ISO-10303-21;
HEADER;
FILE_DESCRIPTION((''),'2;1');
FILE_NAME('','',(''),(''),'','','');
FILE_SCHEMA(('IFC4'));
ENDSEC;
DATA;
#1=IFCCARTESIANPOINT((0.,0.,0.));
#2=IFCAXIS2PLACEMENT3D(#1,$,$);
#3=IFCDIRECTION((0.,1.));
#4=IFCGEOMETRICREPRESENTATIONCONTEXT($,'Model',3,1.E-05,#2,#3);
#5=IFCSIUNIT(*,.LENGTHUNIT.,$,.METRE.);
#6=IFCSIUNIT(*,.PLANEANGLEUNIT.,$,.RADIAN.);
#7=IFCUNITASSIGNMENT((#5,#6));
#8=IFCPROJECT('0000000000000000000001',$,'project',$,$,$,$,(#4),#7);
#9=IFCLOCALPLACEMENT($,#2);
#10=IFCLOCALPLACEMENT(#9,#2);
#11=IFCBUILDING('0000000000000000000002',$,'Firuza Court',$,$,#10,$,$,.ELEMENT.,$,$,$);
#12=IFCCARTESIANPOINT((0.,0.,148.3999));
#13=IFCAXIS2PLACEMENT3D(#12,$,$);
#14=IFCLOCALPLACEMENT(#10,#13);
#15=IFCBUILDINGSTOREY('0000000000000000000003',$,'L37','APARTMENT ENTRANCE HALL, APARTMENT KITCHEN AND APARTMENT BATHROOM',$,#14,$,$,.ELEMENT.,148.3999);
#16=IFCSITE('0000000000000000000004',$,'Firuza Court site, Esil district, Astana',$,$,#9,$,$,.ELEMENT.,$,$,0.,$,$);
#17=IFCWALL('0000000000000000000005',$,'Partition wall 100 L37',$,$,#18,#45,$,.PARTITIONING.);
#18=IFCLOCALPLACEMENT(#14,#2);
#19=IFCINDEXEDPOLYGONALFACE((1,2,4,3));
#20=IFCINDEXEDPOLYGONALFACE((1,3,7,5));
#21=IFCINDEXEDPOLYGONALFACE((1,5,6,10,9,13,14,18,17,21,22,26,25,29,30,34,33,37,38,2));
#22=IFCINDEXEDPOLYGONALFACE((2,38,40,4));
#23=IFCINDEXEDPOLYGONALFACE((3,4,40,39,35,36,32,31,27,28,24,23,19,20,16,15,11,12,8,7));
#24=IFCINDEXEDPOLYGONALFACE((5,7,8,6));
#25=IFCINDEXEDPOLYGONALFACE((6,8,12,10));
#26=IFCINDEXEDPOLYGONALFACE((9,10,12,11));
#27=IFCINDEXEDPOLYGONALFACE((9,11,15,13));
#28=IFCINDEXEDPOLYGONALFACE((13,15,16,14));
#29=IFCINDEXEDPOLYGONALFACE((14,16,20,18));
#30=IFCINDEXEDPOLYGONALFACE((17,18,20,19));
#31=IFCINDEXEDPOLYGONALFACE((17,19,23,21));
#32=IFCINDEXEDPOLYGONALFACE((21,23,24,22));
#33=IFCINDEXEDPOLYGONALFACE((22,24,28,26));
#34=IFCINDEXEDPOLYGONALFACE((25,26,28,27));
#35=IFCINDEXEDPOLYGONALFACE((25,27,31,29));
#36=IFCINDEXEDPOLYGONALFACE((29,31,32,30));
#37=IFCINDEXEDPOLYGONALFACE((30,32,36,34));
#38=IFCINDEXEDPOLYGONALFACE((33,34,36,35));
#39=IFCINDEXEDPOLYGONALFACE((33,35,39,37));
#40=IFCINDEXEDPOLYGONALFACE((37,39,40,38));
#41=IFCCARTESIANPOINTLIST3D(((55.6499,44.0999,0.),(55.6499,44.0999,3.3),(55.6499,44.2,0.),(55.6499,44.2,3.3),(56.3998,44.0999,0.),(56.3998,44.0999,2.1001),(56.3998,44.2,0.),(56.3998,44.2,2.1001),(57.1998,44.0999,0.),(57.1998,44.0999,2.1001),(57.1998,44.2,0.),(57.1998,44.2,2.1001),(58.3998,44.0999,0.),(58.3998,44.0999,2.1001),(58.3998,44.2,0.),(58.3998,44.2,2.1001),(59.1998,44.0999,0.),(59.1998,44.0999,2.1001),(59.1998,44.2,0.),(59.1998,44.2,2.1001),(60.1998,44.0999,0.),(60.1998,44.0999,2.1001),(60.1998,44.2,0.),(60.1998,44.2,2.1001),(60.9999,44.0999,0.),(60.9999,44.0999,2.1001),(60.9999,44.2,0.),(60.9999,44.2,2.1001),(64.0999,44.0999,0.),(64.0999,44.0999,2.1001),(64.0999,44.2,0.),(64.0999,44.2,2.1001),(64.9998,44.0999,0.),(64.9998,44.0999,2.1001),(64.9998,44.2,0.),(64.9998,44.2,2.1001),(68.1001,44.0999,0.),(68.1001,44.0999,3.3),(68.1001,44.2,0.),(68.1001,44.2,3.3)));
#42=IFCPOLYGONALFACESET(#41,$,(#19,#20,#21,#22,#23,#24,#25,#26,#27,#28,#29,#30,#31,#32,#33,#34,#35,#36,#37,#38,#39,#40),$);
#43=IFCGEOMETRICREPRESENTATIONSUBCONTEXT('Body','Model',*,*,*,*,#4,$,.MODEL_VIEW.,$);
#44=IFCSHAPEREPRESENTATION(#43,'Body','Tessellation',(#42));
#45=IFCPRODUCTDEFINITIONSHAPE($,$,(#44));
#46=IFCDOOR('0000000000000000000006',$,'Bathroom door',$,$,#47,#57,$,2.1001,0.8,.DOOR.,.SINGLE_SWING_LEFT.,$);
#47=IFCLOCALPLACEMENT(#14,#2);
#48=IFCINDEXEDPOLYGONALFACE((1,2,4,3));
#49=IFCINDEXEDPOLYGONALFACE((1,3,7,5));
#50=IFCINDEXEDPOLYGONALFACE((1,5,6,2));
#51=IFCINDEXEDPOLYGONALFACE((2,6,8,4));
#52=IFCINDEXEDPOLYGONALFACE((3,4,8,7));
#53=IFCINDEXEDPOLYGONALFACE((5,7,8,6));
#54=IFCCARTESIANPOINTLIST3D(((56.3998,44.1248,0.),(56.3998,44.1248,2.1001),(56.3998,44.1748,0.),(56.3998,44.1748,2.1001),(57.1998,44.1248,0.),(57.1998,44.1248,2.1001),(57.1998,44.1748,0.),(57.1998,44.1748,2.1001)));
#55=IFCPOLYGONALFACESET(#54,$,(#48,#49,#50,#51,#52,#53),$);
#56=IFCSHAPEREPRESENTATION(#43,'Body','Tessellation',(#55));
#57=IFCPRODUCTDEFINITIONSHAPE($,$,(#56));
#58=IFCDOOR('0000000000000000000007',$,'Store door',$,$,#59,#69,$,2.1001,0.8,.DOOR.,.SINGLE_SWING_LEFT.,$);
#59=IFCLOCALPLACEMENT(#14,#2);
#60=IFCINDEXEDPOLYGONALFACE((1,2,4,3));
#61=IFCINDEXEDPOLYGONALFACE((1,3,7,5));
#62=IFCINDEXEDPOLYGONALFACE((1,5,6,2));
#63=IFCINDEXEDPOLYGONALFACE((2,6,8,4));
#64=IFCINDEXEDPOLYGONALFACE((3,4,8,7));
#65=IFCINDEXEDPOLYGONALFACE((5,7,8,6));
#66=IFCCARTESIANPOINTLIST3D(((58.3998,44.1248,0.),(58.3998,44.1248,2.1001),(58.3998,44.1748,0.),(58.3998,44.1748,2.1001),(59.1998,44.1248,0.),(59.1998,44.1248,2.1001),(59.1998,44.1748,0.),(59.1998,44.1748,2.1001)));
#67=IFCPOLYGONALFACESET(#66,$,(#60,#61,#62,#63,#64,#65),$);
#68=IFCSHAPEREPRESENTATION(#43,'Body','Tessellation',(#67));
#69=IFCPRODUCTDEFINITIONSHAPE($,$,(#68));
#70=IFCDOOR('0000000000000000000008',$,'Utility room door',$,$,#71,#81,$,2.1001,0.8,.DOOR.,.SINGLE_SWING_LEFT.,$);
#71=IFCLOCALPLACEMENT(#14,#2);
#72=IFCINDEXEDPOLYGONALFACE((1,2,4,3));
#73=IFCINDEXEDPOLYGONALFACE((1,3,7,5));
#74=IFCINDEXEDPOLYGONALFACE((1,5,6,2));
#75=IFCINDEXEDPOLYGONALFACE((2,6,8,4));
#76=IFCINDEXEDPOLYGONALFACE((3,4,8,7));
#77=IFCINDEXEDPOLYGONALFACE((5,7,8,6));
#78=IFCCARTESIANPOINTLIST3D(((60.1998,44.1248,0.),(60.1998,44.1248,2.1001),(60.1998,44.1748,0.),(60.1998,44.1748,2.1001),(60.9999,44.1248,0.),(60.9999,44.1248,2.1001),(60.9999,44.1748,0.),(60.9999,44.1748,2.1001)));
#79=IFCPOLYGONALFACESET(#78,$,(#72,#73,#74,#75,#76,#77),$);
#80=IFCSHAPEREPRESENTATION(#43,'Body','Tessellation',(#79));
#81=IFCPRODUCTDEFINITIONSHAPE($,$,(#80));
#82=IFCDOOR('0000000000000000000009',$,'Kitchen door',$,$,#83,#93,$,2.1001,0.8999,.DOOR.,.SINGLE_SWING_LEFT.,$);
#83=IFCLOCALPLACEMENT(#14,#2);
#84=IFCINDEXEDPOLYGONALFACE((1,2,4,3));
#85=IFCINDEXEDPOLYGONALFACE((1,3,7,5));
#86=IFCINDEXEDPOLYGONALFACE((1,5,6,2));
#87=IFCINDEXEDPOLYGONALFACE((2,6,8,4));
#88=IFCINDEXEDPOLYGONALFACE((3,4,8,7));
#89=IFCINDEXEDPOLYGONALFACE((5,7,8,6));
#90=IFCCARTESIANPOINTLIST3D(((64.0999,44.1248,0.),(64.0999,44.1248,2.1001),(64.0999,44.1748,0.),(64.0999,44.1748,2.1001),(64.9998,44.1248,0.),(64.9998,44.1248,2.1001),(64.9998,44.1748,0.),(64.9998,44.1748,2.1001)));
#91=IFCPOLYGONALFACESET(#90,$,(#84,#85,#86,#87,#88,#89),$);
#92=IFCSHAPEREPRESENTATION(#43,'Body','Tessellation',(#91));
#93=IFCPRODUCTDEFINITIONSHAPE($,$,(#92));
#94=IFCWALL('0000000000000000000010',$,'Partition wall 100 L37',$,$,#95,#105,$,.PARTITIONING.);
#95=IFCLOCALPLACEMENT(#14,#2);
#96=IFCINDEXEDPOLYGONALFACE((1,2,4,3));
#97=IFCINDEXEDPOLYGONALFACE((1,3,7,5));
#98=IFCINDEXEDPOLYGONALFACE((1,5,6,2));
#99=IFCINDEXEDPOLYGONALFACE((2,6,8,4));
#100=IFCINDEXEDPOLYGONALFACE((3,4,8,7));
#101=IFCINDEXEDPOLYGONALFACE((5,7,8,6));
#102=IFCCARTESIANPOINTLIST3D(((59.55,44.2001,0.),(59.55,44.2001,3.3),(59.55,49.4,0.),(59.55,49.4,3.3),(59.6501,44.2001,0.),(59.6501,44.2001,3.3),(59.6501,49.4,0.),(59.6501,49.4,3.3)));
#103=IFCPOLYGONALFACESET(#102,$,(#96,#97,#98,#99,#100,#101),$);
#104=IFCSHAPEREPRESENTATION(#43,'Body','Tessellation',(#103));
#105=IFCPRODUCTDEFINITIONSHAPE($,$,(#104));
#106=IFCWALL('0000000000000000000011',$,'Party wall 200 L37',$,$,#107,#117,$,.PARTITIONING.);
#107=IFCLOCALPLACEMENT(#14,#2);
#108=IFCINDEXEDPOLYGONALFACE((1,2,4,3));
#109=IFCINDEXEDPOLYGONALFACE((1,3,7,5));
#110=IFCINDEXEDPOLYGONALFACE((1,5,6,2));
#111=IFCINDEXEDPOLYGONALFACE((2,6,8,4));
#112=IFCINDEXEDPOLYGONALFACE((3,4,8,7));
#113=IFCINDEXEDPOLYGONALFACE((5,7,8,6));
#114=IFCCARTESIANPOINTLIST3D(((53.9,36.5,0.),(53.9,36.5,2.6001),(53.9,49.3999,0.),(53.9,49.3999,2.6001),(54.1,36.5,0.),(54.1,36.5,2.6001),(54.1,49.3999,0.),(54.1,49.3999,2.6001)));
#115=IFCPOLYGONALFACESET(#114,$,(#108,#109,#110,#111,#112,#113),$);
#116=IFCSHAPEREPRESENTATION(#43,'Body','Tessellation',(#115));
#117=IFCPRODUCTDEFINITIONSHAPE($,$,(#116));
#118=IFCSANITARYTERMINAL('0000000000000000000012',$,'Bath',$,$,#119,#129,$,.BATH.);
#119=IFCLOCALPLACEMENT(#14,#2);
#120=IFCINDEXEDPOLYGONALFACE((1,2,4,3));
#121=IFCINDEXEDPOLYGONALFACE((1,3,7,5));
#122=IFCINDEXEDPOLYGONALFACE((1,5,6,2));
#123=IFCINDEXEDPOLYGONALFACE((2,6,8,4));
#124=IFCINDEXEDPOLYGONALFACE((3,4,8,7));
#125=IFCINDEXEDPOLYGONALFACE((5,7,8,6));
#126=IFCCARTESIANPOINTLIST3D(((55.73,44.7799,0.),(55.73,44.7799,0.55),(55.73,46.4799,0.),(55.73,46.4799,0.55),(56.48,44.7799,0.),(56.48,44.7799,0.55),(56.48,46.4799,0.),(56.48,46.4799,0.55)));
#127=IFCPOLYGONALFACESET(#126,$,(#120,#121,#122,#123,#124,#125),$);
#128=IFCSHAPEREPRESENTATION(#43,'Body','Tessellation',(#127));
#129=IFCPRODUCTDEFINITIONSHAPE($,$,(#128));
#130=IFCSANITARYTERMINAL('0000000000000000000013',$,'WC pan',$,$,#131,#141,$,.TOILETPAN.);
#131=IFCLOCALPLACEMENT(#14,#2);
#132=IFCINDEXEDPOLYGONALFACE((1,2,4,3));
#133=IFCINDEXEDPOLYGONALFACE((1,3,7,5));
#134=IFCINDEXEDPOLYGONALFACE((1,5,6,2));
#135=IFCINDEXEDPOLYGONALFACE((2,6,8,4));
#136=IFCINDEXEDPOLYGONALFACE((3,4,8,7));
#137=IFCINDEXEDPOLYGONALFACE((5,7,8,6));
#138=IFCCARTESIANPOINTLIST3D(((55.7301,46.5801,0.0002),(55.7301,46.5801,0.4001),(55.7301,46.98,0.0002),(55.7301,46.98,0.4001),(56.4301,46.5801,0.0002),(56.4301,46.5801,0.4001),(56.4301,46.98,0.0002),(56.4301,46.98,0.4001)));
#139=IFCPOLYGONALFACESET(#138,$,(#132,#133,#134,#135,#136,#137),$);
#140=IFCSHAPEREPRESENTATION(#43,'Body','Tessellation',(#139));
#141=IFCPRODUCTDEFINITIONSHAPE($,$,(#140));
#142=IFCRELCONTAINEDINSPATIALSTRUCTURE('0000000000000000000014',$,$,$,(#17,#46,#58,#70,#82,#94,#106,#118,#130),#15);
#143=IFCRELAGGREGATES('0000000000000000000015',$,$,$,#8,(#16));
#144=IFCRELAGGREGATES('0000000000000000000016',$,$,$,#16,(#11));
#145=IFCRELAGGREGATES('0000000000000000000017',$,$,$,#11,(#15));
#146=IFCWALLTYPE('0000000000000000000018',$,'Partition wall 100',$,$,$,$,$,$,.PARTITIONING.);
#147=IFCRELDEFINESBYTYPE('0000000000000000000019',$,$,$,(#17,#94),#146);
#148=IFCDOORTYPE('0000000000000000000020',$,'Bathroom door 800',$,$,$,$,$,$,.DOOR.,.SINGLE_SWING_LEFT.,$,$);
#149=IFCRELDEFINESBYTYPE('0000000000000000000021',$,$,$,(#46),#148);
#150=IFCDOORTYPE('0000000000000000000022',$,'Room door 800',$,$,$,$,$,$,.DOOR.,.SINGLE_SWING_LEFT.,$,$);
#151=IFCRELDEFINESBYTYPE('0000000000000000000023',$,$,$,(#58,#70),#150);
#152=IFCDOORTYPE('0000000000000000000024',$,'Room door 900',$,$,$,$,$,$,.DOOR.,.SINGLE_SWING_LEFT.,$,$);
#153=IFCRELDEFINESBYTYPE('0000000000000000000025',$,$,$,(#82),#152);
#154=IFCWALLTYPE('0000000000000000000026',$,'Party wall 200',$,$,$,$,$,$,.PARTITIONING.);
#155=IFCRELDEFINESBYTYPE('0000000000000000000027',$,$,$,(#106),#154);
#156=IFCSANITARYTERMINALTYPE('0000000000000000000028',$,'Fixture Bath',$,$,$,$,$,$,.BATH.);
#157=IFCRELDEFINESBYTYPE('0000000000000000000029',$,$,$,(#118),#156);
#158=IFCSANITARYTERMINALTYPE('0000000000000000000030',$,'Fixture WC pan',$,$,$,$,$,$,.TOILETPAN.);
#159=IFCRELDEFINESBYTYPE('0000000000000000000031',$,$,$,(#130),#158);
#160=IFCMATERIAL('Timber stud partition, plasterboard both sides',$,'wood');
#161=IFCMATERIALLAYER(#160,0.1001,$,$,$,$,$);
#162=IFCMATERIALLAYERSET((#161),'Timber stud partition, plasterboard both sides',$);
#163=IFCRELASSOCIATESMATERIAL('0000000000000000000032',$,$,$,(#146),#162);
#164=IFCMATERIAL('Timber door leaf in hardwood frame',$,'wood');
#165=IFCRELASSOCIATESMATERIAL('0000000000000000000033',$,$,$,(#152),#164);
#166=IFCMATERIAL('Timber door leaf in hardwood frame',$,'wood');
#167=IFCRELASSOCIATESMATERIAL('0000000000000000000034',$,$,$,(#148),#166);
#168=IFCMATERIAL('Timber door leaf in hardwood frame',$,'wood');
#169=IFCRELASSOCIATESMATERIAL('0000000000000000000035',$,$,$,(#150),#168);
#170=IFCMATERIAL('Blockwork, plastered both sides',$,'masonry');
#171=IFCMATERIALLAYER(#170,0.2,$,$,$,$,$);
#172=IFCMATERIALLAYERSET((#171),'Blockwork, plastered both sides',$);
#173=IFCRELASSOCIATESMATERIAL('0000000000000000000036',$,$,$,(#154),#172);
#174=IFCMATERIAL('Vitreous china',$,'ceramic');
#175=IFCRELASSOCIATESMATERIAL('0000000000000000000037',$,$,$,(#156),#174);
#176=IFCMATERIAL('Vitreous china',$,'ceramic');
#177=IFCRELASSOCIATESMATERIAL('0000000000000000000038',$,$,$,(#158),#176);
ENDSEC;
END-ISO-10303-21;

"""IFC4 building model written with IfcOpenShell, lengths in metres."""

from ifc_helpers import new_model, si_unit, direction, frame, frame_2d, origin, origin_2d, place, context, subcontext, project, spatial, rectangle, extrude, material, layer, layer_set, type_object, element, fill, save


model = new_model("IFC4")

# Units and contexts
model_context = context("Model", 3, precision=1e-05, world=origin(), true_north=direction((0.0, 1.0)))
body_context = subcontext(model_context, "Body", "Model", "MODEL_VIEW")
ifc_project = project(units=[si_unit("LENGTHUNIT", "METRE"), si_unit("PLANEANGLEUNIT", "RADIAN")], contexts=[model_context])

# Site, building, storey
site_placement = place(None, origin())
site = spatial("IfcSite", under=ifc_project, at=site_placement, Name="Firuza Court site, Esil district, Astana", CompositionType="ELEMENT", RefElevation=0.0)
building_placement = place(site_placement, origin())
building = spatial("IfcBuilding", under=site, at=building_placement, Name="Firuza Court", CompositionType="ELEMENT")
storey_placement = place(building_placement, frame((0.0, 0.0, 148.3999)))
storey = spatial("IfcBuildingStorey", under=building, at=storey_placement, Name="L37", Description="APARTMENT ENTRANCE HALL, APARTMENT KITCHEN AND APARTMENT BATHROOM", CompositionType="ELEMENT", Elevation=148.3999)

# Shared definitions
ifc_material_1 = material(Name="Timber stud partition, plasterboard both sides", Category="wood")
ifc_layer_1 = layer(ifc_material_1, 0.1001)
ifc_layer_set_1 = layer_set([ifc_layer_1], Name="Timber stud partition, plasterboard both sides")
wall_type_1 = type_object("IfcWallType", Name="Partition wall 100", PredefinedType="PARTITIONING", material=ifc_layer_set_1)

# Wall, openings, doors
ifc_material_2 = material(Name="Timber door leaf in hardwood frame", Category="wood")
door_type_1 = type_object("IfcDoorType", Name="Room door 900", OperationType="SINGLE_SWING_LEFT", PredefinedType="DOOR", material=ifc_material_2)
wall_1_placement = place(storey_placement, frame((55.6499, 44.1499, 0.0), z_axis=(0.0, 0.0, 1.0), x_axis=(1.0, 0.0, 0.0)))
wall_1 = element("IfcWall", 1, at=wall_1_placement, inside=storey, type_object=wall_type_1, Name="Partition wall 100 L37", PredefinedType="PARTITIONING", context=body_context, shape_type="SweptSolid", body=[
    extrude(rectangle(XDim=12.4502, YDim=0.1001, at=frame_2d((6.2251, 0.0))), origin(), (0.0, 0.0, 1.0), 3.3),
])
opening_1_placement = place(wall_1_placement, frame((0.75, 0.0, 0.0)))
opening_1 = element("IfcOpeningElement", 2, at=opening_1_placement, cuts=wall_1, PredefinedType="OPENING", context=body_context, shape_type="SweptSolid", body=[
    extrude(rectangle(XDim=0.8, YDim=2.1001, at=frame_2d((0.3999, 1.05))), frame((0.0, 0.062, 0.0), z_axis=(0.0, -1.0, 0.0), x_axis=(1.0, 0.0, 0.0)), (0.0, 0.0, 1.0), 0.124),
])
opening_2_placement = place(wall_1_placement, frame((8.45, 0.0, 0.0)))
opening_2 = element("IfcOpeningElement", 3, at=opening_2_placement, cuts=wall_1, PredefinedType="OPENING", context=body_context, shape_type="SweptSolid", body=[
    extrude(rectangle(XDim=0.8999, YDim=2.1001, at=frame_2d((0.45, 1.05))), frame((0.0, 0.062, 0.0), z_axis=(0.0, -1.0, 0.0), x_axis=(1.0, 0.0, 0.0)), (0.0, 0.0, 1.0), 0.124),
])
opening_3_placement = place(wall_1_placement, frame((2.75, 0.0, 0.0)))
opening_3 = element("IfcOpeningElement", 4, at=opening_3_placement, cuts=wall_1, PredefinedType="OPENING", context=body_context, shape_type="SweptSolid", body=[
    extrude(rectangle(XDim=0.8, YDim=2.1001, at=frame_2d((0.3999, 1.05))), frame((0.0, 0.062, 0.0), z_axis=(0.0, -1.0, 0.0), x_axis=(1.0, 0.0, 0.0)), (0.0, 0.0, 1.0), 0.124),
])
opening_4_placement = place(wall_1_placement, frame((4.55, 0.0, 0.0)))
opening_4 = element("IfcOpeningElement", 5, at=opening_4_placement, cuts=wall_1, PredefinedType="OPENING", context=body_context, shape_type="SweptSolid", body=[
    extrude(rectangle(XDim=0.8, YDim=2.1001, at=frame_2d((0.3999, 1.05))), frame((0.0, 0.062, 0.0), z_axis=(0.0, -1.0, 0.0), x_axis=(1.0, 0.0, 0.0)), (0.0, 0.0, 1.0), 0.124),
])
ifc_material_3 = material(Name="Timber door leaf in hardwood frame", Category="wood")
door_type_2 = type_object("IfcDoorType", Name="Bathroom door 800", OperationType="SINGLE_SWING_LEFT", PredefinedType="DOOR", material=ifc_material_3)
door_1_placement = place(opening_1_placement, origin())
door_1 = element("IfcDoor", 6, at=door_1_placement, inside=storey, type_object=door_type_2, Name="Bathroom door", OperationType="SINGLE_SWING_LEFT", OverallHeight=2.1001, OverallWidth=0.8, PredefinedType="DOOR", context=body_context, shape_type="SweptSolid", body=[
    extrude(rectangle(XDim=0.8, YDim=2.1001, at=frame_2d((0.3999, 1.05))), frame((0.0, 0.0249, 0.0), z_axis=(0.0, -1.0, 0.0), x_axis=(1.0, 0.0, 0.0)), (0.0, 0.0, 1.0), 0.05),
])
fill(opening_1, door_1)
ifc_material_4 = material(Name="Timber door leaf in hardwood frame", Category="wood")
door_type_3 = type_object("IfcDoorType", Name="Room door 800", OperationType="SINGLE_SWING_LEFT", PredefinedType="DOOR", material=ifc_material_4)
door_2_placement = place(opening_3_placement, origin())
door_2 = element("IfcDoor", 7, at=door_2_placement, inside=storey, type_object=door_type_3, Name="Store door", OperationType="SINGLE_SWING_LEFT", OverallHeight=2.1001, OverallWidth=0.8, PredefinedType="DOOR", context=body_context, shape_type="SweptSolid", body=[
    extrude(rectangle(XDim=0.8, YDim=2.1001, at=frame_2d((0.3999, 1.05))), frame((0.0, 0.0249, 0.0), z_axis=(0.0, -1.0, 0.0), x_axis=(1.0, 0.0, 0.0)), (0.0, 0.0, 1.0), 0.05),
])
fill(opening_3, door_2)
door_3_placement = place(opening_4_placement, origin())
door_3 = element("IfcDoor", 8, at=door_3_placement, inside=storey, type_object=door_type_3, Name="Utility room door", OperationType="SINGLE_SWING_LEFT", OverallHeight=2.1001, OverallWidth=0.8, PredefinedType="DOOR", context=body_context, shape_type="SweptSolid", body=[
    extrude(rectangle(XDim=0.8, YDim=2.1001, at=frame_2d((0.3999, 1.05))), frame((0.0, 0.0249, 0.0), z_axis=(0.0, -1.0, 0.0), x_axis=(1.0, 0.0, 0.0)), (0.0, 0.0, 1.0), 0.05),
])
fill(opening_4, door_3)
door_4_placement = place(opening_2_placement, origin())
door_4 = element("IfcDoor", 9, at=door_4_placement, inside=storey, type_object=door_type_1, Name="Kitchen door", OperationType="SINGLE_SWING_LEFT", OverallHeight=2.1001, OverallWidth=0.8999, PredefinedType="DOOR", context=body_context, shape_type="SweptSolid", body=[
    extrude(rectangle(XDim=0.8999, YDim=2.1001, at=frame_2d((0.45, 1.05))), frame((0.0, 0.0249, 0.0), z_axis=(0.0, -1.0, 0.0), x_axis=(1.0, 0.0, 0.0)), (0.0, 0.0, 1.0), 0.05),
])
fill(opening_2, door_4)

# Walls
wall_2_placement = place(storey_placement, frame((59.6001, 44.2, 0.0), z_axis=(0.0, 0.0, 1.0), x_axis=(0.0, 1.0, 0.0)))
element("IfcWall", 10, at=wall_2_placement, inside=storey, type_object=wall_type_1, Name="Partition wall 100 L37", PredefinedType="PARTITIONING", context=body_context, shape_type="SweptSolid", body=[
    extrude(rectangle(XDim=5.2, YDim=0.1001, at=frame_2d((2.6001, 0.0))), origin(), (0.0, 0.0, 1.0), 3.3),
])
ifc_material_5 = material(Name="Blockwork, plastered both sides", Category="masonry")
ifc_layer_2 = layer(ifc_material_5, 0.2)
ifc_layer_set_2 = layer_set([ifc_layer_2], Name="Blockwork, plastered both sides")
wall_type_2 = type_object("IfcWallType", Name="Party wall 200", PredefinedType="PARTITIONING", material=ifc_layer_set_2)
wall_3_placement = place(storey_placement, frame((54.0, 36.5, 0.0), z_axis=(0.0, 0.0, 1.0), x_axis=(0.0, 1.0, 0.0)))
element("IfcWall", 11, at=wall_3_placement, inside=storey, type_object=wall_type_2, Name="Party wall 200 L37", PredefinedType="PARTITIONING", context=body_context, shape_type="SweptSolid", body=[
    extrude(rectangle(XDim=12.8999, YDim=0.2, at=frame_2d((6.45, 0.0))), origin(), (0.0, 0.0, 1.0), 2.6001),
])

# Sanitary terminals
ifc_material_6 = material(Name="Vitreous china", Category="ceramic")
sanitary_terminal_type_1 = type_object("IfcSanitaryTerminalType", Name="Fixture Bath", PredefinedType="BATH", material=ifc_material_6)
sanitary_terminal_1_placement = place(storey_placement, frame((56.105, 45.6299, 0.0), z_axis=(0.0, 0.0, 1.0), x_axis=(1.0, 0.0, 0.0)))
element("IfcSanitaryTerminal", 12, at=sanitary_terminal_1_placement, inside=storey, type_object=sanitary_terminal_type_1, Name="Bath", PredefinedType="BATH", context=body_context, shape_type="SweptSolid", body=[
    extrude(rectangle(XDim=0.75, YDim=1.7, at=origin_2d()), origin(), (0.0, 0.0, 1.0), 0.55),
])
ifc_material_7 = material(Name="Vitreous china", Category="ceramic")
sanitary_terminal_type_2 = type_object("IfcSanitaryTerminalType", Name="Fixture WC pan", PredefinedType="TOILETPAN", material=ifc_material_7)
sanitary_terminal_2_placement = place(storey_placement, frame((56.0801, 46.78, 0.0002), z_axis=(0.0, 0.0, 1.0), x_axis=(1.0, 0.0, 0.0)))
element("IfcSanitaryTerminal", 13, at=sanitary_terminal_2_placement, inside=storey, type_object=sanitary_terminal_type_2, Name="WC pan", PredefinedType="TOILETPAN", context=body_context, shape_type="SweptSolid", body=[
    extrude(rectangle(XDim=0.7, YDim=0.3999, at=origin_2d()), origin(), (0.0, 0.0, 1.0), 0.3999),
])

save(model, "model.ifc")
